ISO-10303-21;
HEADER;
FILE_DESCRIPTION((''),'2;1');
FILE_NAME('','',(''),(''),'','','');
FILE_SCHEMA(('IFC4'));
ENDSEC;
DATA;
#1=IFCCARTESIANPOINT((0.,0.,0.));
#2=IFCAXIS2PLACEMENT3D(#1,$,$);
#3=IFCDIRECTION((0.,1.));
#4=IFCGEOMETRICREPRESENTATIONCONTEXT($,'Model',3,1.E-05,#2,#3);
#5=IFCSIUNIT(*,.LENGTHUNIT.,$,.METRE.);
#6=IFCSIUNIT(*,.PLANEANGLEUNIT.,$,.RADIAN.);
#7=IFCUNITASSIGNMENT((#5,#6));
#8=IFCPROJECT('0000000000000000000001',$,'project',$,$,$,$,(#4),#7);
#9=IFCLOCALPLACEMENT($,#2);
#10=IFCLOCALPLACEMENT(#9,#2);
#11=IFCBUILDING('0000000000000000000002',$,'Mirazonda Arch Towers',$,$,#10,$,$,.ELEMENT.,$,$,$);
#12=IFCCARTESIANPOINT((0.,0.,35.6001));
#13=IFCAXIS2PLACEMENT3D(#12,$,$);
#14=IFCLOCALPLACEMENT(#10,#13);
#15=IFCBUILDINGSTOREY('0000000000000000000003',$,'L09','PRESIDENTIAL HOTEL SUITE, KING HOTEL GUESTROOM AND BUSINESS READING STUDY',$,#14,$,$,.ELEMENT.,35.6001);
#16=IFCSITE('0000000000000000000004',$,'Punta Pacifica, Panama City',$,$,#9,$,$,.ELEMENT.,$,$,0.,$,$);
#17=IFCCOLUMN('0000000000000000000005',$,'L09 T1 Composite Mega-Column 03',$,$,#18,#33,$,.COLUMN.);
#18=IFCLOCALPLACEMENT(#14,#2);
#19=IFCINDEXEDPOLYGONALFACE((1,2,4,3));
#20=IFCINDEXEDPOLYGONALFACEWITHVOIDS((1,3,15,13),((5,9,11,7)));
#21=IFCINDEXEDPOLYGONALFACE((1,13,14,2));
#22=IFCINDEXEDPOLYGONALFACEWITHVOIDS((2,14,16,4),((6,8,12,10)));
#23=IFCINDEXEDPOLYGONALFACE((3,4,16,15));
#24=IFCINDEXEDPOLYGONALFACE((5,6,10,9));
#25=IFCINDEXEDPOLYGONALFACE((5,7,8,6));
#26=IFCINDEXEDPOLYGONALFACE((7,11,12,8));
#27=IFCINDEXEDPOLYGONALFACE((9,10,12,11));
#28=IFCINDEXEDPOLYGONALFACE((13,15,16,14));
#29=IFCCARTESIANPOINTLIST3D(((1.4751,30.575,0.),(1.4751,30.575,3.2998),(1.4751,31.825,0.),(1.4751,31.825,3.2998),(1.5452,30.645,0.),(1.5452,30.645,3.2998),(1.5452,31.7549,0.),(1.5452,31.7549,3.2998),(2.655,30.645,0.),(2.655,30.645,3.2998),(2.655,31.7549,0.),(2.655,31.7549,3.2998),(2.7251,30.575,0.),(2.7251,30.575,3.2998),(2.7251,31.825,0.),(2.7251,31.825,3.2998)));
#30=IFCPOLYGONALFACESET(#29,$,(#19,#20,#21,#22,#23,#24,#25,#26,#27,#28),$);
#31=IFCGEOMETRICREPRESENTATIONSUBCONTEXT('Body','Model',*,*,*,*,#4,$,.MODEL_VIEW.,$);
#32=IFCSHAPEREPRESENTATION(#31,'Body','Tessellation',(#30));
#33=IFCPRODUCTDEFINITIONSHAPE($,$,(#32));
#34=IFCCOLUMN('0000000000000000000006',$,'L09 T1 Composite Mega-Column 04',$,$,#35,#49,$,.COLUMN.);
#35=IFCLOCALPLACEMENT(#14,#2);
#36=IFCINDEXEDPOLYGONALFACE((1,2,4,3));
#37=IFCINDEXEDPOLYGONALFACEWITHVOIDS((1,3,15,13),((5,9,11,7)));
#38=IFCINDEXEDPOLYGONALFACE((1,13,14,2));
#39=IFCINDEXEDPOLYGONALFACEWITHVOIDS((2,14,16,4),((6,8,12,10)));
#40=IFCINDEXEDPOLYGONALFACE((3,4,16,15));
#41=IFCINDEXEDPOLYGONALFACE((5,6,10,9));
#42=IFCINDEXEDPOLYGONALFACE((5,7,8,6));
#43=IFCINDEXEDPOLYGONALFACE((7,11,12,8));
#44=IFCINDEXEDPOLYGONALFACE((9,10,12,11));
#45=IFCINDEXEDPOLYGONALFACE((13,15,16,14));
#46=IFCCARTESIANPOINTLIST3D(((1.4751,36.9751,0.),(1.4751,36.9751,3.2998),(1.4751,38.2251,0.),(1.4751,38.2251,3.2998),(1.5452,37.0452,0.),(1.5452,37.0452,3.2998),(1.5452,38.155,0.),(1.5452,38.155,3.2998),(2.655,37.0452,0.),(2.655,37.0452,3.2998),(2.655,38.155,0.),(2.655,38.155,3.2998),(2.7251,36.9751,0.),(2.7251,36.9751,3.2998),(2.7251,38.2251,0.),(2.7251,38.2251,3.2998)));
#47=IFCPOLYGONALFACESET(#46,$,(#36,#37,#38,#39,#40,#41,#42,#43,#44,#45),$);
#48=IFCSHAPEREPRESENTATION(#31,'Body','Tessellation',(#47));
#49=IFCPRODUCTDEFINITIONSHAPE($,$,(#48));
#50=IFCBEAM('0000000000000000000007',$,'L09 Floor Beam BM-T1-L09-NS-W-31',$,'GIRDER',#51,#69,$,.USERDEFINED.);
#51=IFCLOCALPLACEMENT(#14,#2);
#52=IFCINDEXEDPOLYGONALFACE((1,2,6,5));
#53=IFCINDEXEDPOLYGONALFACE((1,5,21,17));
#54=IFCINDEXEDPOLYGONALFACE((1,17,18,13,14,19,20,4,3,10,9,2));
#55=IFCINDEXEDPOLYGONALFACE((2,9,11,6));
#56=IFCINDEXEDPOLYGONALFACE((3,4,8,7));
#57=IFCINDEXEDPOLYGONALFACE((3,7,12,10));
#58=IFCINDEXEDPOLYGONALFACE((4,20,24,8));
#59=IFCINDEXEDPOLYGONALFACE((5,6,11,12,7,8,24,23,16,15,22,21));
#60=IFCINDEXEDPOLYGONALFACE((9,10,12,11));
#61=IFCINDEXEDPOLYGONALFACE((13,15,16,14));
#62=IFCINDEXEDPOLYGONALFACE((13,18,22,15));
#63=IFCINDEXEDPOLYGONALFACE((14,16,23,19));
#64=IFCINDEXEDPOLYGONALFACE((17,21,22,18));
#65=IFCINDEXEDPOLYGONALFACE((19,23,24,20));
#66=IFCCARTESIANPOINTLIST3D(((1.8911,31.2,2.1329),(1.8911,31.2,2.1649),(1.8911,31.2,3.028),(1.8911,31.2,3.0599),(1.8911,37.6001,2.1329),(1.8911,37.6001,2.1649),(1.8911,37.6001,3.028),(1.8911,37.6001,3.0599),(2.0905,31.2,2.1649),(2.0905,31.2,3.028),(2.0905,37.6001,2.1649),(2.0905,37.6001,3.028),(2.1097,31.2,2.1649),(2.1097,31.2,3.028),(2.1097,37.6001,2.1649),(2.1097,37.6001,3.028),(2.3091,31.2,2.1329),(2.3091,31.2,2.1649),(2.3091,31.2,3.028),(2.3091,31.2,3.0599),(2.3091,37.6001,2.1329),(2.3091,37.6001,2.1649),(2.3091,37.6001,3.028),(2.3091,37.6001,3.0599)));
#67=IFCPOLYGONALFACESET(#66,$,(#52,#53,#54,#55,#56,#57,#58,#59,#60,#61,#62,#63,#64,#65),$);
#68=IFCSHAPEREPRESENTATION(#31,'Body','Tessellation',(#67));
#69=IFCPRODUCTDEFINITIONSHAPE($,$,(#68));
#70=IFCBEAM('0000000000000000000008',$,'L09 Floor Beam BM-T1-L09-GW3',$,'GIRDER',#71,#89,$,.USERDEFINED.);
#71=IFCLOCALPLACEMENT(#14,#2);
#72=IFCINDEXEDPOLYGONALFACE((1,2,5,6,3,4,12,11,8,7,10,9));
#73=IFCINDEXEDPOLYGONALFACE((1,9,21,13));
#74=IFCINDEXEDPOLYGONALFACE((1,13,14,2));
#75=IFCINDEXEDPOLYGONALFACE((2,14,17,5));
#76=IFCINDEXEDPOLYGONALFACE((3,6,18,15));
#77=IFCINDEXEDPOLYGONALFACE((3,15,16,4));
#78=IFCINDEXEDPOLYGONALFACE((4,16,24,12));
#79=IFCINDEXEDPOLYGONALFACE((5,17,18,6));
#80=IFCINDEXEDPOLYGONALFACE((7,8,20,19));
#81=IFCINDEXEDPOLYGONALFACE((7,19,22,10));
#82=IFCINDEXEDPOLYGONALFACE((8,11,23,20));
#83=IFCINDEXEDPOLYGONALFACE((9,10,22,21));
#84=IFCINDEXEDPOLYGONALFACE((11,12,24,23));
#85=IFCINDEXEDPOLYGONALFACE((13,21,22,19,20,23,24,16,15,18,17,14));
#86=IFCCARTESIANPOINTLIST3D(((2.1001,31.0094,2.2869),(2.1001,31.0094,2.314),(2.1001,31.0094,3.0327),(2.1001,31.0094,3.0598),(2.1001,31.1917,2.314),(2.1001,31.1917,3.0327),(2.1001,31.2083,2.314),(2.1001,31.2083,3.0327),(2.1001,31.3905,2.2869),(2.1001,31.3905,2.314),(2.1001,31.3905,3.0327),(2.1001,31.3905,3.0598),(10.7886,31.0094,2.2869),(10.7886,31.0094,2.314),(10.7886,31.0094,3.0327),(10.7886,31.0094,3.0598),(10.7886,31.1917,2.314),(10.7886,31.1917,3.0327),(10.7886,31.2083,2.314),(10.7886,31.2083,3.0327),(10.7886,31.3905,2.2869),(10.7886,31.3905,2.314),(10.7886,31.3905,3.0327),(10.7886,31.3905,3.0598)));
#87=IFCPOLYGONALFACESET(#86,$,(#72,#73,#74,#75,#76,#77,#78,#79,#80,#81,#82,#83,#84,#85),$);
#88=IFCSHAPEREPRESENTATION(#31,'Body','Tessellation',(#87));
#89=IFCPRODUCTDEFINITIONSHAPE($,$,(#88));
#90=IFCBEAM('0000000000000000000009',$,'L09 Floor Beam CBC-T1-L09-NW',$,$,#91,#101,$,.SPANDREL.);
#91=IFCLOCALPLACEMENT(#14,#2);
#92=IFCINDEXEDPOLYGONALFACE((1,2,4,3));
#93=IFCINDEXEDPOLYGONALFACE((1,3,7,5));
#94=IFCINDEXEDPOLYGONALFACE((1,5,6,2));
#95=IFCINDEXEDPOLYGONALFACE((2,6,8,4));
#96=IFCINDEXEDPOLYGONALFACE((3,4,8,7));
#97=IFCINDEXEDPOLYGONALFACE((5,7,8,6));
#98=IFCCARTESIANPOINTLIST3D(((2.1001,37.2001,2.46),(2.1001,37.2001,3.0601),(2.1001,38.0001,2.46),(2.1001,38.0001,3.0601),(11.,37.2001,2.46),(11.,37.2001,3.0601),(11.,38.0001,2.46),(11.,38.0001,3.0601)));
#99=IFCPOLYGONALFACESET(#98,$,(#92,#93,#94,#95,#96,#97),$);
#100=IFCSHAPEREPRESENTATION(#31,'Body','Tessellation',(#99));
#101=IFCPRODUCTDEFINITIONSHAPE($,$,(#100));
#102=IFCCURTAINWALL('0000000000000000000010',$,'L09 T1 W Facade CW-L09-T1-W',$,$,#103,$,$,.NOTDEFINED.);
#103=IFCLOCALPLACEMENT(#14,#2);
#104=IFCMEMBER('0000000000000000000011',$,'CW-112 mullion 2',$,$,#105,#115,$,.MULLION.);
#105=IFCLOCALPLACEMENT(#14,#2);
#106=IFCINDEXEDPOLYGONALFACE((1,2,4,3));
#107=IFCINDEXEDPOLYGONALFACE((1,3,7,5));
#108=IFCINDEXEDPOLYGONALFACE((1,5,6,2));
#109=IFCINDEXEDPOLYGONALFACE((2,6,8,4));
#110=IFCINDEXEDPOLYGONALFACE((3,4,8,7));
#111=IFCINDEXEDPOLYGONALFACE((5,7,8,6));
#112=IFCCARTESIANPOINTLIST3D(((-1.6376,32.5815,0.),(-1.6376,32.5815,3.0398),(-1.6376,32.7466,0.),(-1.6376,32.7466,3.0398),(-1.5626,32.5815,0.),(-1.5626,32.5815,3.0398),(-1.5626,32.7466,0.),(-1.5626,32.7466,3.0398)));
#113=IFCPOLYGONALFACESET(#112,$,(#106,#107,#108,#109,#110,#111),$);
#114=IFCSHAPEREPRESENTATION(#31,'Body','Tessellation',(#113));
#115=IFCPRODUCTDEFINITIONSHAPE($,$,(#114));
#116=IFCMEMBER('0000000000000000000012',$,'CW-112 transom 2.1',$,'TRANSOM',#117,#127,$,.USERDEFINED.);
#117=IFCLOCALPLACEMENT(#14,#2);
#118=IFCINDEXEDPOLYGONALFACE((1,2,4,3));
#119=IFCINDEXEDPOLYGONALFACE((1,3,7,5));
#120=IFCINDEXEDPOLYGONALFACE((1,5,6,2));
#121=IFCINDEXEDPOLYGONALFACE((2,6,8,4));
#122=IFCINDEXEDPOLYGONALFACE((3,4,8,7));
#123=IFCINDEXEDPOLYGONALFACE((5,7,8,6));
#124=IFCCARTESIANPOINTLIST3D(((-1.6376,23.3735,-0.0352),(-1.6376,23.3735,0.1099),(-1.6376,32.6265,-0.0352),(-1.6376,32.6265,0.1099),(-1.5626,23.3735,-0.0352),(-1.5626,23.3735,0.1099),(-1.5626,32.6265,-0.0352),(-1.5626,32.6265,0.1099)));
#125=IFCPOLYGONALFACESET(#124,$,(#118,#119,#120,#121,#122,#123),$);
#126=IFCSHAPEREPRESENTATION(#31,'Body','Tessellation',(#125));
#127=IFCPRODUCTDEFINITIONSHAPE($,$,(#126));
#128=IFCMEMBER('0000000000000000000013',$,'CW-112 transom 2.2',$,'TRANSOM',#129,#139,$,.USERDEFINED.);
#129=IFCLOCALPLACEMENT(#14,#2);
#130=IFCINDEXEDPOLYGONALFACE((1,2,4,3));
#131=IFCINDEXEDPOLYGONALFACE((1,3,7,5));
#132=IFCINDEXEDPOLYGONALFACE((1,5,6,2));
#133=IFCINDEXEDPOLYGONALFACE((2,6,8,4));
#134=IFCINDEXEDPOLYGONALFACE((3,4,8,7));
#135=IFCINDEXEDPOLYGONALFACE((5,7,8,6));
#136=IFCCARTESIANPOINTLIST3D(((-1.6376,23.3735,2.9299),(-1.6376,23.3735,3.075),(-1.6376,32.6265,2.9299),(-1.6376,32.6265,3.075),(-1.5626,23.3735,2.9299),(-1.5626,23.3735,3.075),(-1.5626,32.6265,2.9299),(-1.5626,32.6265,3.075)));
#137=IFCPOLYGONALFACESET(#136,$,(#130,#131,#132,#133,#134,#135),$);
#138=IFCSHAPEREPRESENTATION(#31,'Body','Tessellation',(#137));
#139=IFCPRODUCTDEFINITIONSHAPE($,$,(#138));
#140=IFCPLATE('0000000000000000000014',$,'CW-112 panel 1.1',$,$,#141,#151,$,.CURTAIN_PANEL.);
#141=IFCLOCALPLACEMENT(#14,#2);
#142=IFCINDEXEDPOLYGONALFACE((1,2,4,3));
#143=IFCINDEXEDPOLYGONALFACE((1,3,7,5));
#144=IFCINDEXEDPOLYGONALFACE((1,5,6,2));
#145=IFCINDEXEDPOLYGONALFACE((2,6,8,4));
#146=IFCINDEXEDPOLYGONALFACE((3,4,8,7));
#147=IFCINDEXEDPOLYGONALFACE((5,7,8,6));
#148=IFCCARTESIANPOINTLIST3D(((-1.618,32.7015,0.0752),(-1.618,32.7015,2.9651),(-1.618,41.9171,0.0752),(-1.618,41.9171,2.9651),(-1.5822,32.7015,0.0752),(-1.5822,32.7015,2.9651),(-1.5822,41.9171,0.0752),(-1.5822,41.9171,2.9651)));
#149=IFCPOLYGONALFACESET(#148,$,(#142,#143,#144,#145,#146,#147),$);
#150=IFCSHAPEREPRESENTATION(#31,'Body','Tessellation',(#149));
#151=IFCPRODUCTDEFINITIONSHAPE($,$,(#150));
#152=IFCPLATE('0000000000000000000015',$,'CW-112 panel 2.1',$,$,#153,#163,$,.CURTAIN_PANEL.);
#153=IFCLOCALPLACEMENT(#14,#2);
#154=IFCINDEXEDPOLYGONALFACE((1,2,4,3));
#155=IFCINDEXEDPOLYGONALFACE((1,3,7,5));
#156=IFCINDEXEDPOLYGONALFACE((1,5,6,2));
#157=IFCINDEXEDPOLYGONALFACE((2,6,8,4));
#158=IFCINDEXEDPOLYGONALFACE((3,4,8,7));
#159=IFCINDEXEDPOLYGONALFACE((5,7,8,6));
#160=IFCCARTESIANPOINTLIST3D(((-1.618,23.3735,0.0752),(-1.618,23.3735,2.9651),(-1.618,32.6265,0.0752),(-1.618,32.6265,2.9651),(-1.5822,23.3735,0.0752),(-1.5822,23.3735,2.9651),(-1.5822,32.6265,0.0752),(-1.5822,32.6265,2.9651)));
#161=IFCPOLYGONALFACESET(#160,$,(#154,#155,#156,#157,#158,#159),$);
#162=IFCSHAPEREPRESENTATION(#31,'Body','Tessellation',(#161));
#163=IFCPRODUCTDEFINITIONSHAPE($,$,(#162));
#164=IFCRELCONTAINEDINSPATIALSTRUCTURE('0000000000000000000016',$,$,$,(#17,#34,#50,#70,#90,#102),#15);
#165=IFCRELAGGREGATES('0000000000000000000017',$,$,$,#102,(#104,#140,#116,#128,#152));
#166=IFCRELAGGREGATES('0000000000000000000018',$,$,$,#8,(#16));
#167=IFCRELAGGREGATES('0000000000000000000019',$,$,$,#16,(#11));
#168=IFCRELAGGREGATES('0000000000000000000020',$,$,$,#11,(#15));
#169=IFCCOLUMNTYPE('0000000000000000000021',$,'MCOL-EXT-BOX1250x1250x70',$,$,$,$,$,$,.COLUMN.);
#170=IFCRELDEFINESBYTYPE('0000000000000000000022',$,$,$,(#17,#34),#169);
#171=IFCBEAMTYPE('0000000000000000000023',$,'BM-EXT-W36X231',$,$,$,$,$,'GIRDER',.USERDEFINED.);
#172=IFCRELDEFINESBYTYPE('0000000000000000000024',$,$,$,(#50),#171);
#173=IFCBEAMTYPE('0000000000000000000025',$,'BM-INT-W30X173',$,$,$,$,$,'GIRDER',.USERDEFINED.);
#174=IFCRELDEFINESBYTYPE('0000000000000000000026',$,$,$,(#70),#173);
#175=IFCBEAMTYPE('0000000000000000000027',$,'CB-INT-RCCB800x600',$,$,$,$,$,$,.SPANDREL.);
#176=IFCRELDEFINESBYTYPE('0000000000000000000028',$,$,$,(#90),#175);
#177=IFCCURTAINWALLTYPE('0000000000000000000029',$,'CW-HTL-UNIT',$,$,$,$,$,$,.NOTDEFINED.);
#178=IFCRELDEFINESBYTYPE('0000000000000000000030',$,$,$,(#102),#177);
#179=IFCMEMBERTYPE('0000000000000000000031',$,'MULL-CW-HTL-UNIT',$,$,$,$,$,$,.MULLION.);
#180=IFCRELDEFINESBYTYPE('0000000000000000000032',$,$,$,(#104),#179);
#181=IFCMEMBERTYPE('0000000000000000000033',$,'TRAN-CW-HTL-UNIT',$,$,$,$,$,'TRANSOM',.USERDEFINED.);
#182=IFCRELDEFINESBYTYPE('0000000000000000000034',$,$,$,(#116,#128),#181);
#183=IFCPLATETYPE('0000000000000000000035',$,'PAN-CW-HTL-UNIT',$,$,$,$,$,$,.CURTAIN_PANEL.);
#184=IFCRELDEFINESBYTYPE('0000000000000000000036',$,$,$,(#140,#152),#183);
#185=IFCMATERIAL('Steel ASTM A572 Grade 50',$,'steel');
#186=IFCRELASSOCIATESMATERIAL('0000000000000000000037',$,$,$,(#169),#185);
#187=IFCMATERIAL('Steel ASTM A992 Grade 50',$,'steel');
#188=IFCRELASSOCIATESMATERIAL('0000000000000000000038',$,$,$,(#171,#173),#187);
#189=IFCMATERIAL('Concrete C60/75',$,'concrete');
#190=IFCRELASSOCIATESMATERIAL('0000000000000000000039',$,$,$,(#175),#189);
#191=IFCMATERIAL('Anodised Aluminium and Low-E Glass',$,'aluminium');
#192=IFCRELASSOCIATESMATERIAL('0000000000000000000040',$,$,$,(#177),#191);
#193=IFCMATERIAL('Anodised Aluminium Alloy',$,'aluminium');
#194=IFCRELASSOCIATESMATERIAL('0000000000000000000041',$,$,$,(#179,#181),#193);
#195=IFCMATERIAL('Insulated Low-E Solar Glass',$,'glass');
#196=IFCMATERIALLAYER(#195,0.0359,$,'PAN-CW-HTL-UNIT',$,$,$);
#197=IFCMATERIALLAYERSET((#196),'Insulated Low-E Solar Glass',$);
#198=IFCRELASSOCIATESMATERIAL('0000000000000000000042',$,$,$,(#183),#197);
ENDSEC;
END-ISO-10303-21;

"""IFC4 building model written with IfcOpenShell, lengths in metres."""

from ifc_helpers import new_model, si_unit, direction, frame, origin, origin_2d, place, context, subcontext, project, spatial, rectangle, hollow_rectangle, i_section, extrude, material, layer, layer_set, material_profile, profile_set, type_object, element, aggregate, save


model = new_model("IFC4")

# Units and contexts
model_context = context("Model", 3, precision=1e-05, world=origin(), true_north=direction((0.0, 1.0)))
body_context = subcontext(model_context, "Body", "Model", "MODEL_VIEW")
ifc_project = project(units=[si_unit("LENGTHUNIT", "METRE"), si_unit("PLANEANGLEUNIT", "RADIAN")], contexts=[model_context])

# Site, building, storey
site_placement = place(None, origin())
site = spatial("IfcSite", under=ifc_project, at=site_placement, Name="Punta Pacifica, Panama City", CompositionType="ELEMENT", RefElevation=0.0)
building_placement = place(site_placement, origin())
building = spatial("IfcBuilding", under=site, at=building_placement, Name="Mirazonda Arch Towers", CompositionType="ELEMENT")
storey_placement = place(building_placement, frame((0.0, 0.0, 35.6001)))
storey = spatial("IfcBuildingStorey", under=building, at=storey_placement, Name="L09", Description="PRESIDENTIAL HOTEL SUITE, KING HOTEL GUESTROOM AND BUSINESS READING STUDY", CompositionType="ELEMENT", Elevation=35.6001)

# Columns
ifc_material_1 = material(Name="Steel ASTM A572 Grade 50", Category="steel")
ifc_material_profile_1 = material_profile(ifc_material_1, hollow_rectangle(XDim=1.25, YDim=1.25, WallThickness=0.0701, at=origin_2d()), Name="BOX1250x1250x70")
ifc_profile_set_1 = profile_set([ifc_material_profile_1], Name="Steel ASTM A572 Grade 50")
column_type = type_object("IfcColumnType", Name="MCOL-EXT-BOX1250x1250x70", PredefinedType="COLUMN", material=ifc_profile_set_1)
for number, where, z_axis, x_axis, name in (
    (1, (2.1001, 31.2, 0.0), (0.0, 0.0, 1.0), (1.0, 0.0, 0.0), "L09 T1 Composite Mega-Column 03"),
    (2, (2.1001, 37.6001, 0.0), (0.0, 0.0, 1.0), (1.0, 0.0, 0.0), "L09 T1 Composite Mega-Column 04"),
):
    element("IfcColumn", number, at=place(storey_placement, frame(where, z_axis=z_axis, x_axis=x_axis)), inside=storey, type_object=column_type, Name=name, PredefinedType="COLUMN", context=body_context, shape_type="SweptSolid", body=[
        extrude(hollow_rectangle(XDim=1.25, YDim=1.25, WallThickness=0.0701, at=origin_2d()), origin(), (0.0, 0.0, 1.0), 3.2998),
    ])

# Beams
ifc_material_2 = material(Name="Steel ASTM A992 Grade 50", Category="steel")
ifc_material_profile_2 = material_profile(ifc_material_2, i_section(OverallWidth=0.418, OverallDepth=0.927, WebThickness=0.0193, FlangeThickness=0.032, at=origin_2d()), Name="W36X231")
ifc_profile_set_2 = profile_set([ifc_material_profile_2], Name="Steel ASTM A992 Grade 50")
beam_type_1 = type_object("IfcBeamType", Name="BM-EXT-W36X231", ElementType="GIRDER", PredefinedType="USERDEFINED", material=ifc_profile_set_2)
beam_1_placement = place(storey_placement, frame((2.1001, 31.2, 2.5964), z_axis=(0.0, 1.0, 0.0), x_axis=(-1.0, 0.0, 0.0)))
element("IfcBeam", 3, at=beam_1_placement, inside=storey, type_object=beam_type_1, Name="L09 Floor Beam BM-T1-L09-NS-W-31", ObjectType="GIRDER", PredefinedType="USERDEFINED", context=body_context, shape_type="SweptSolid", body=[
    extrude(i_section(OverallWidth=0.418, OverallDepth=0.927, WebThickness=0.0193, FlangeThickness=0.032, at=origin_2d()), origin(), (0.0, 0.0, 1.0), 6.4001),
])
ifc_material_profile_3 = material_profile(ifc_material_2, i_section(OverallWidth=0.3811, OverallDepth=0.7729, WebThickness=0.0166, FlangeThickness=0.0271, at=origin_2d()), Name="W30X173")
ifc_profile_set_3 = profile_set([ifc_material_profile_3], Name="Steel ASTM A992 Grade 50")
beam_type_2 = type_object("IfcBeamType", Name="BM-INT-W30X173", ElementType="GIRDER", PredefinedType="USERDEFINED", material=ifc_profile_set_3)
beam_2_placement = place(storey_placement, frame((2.1001, 31.2, 2.6733), z_axis=(1.0, 0.0, 0.0), x_axis=(0.0, 1.0, 0.0)))
element("IfcBeam", 4, at=beam_2_placement, inside=storey, type_object=beam_type_2, Name="L09 Floor Beam BM-T1-L09-GW3", ObjectType="GIRDER", PredefinedType="USERDEFINED", context=body_context, shape_type="SweptSolid", body=[
    extrude(i_section(OverallWidth=0.3811, OverallDepth=0.7729, WebThickness=0.0166, FlangeThickness=0.0271, at=origin_2d()), origin(), (0.0, 0.0, 1.0), 8.6885),
])
ifc_material_3 = material(Name="Concrete C60/75", Category="concrete")
ifc_material_profile_4 = material_profile(ifc_material_3, rectangle(XDim=0.8, YDim=0.6001, at=origin_2d()), Name="RCCB800x600")
ifc_profile_set_4 = profile_set([ifc_material_profile_4], Name="Concrete C60/75")
beam_type_3 = type_object("IfcBeamType", Name="CB-INT-RCCB800x600", PredefinedType="SPANDREL", material=ifc_profile_set_4)
beam_3_placement = place(storey_placement, frame((2.1001, 37.6001, 2.76), z_axis=(1.0, 0.0, 0.0), x_axis=(0.0, 1.0, 0.0)))
element("IfcBeam", 5, at=beam_3_placement, inside=storey, type_object=beam_type_3, Name="L09 Floor Beam CBC-T1-L09-NW", PredefinedType="SPANDREL", context=body_context, shape_type="SweptSolid", body=[
    extrude(rectangle(XDim=0.8, YDim=0.6001, at=origin_2d()), origin(), (0.0, 0.0, 1.0), 8.8999),
])

# Curtain wall, members, plates
ifc_material_4 = material(Name="Anodised Aluminium and Low-E Glass", Category="aluminium")
curtain_wall_type = type_object("IfcCurtainWallType", Name="CW-HTL-UNIT", PredefinedType="NOTDEFINED", material=ifc_material_4)
curtain_wall_placement = place(storey_placement, origin())
curtain_wall = element("IfcCurtainWall", 6, at=curtain_wall_placement, inside=storey, type_object=curtain_wall_type, Name="L09 T1 W Facade CW-L09-T1-W", PredefinedType="NOTDEFINED")
ifc_material_5 = material(Name="Anodised Aluminium Alloy", Category="aluminium")
ifc_material_profile_5 = material_profile(ifc_material_5, rectangle(XDim=0.075, YDim=0.165, at=origin_2d()), Name="ALU-MULL-75x165")
ifc_profile_set_5 = profile_set([ifc_material_profile_5], Name="Anodised Aluminium Alloy")
member_type_1 = type_object("IfcMemberType", Name="MULL-CW-HTL-UNIT", PredefinedType="MULLION", material=ifc_profile_set_5)
member_1_placement = place(storey_placement, frame((-1.6001, 32.6641, 0.0), z_axis=(0.0, 0.0, 1.0), x_axis=(1.0, 0.0, 0.0)))
member_1 = element("IfcMember", 7, at=member_1_placement, type_object=member_type_1, Name="CW-112 mullion 2", PredefinedType="MULLION", context=body_context, shape_type="SweptSolid", body=[
    extrude(rectangle(XDim=0.075, YDim=0.165, at=origin_2d()), origin(), (0.0, 0.0, 1.0), 3.0398),
])
ifc_material_profile_6 = material_profile(ifc_material_5, rectangle(XDim=0.075, YDim=0.145, at=origin_2d()), Name="ALU-TRAN-75x145")
ifc_profile_set_6 = profile_set([ifc_material_profile_6], Name="Anodised Aluminium Alloy")
member_type_2 = type_object("IfcMemberType", Name="TRAN-CW-HTL-UNIT", ElementType="TRANSOM", PredefinedType="USERDEFINED", material=ifc_profile_set_6)
member_2_placement = place(storey_placement, frame((-1.6001, 32.6265, 0.0374), z_axis=(0.0, -1.0, 0.0), x_axis=(1.0, 0.0, 0.0)))
member_2 = element("IfcMember", 8, at=member_2_placement, type_object=member_type_2, Name="CW-112 transom 2.1", ObjectType="TRANSOM", PredefinedType="USERDEFINED", context=body_context, shape_type="SweptSolid", body=[
    extrude(rectangle(XDim=0.075, YDim=0.145, at=origin_2d()), origin(), (0.0, 0.0, 1.0), 9.2529),
])
member_3_placement = place(storey_placement, frame((-1.6001, 32.6265, 3.0024), z_axis=(0.0, -1.0, 0.0), x_axis=(1.0, 0.0, 0.0)))
member_3 = element("IfcMember", 9, at=member_3_placement, type_object=member_type_2, Name="CW-112 transom 2.2", ObjectType="TRANSOM", PredefinedType="USERDEFINED", context=body_context, shape_type="SweptSolid", body=[
    extrude(rectangle(XDim=0.075, YDim=0.145, at=origin_2d()), origin(), (0.0, 0.0, 1.0), 9.2529),
])
ifc_material_6 = material(Name="Insulated Low-E Solar Glass", Category="glass")
ifc_layer_1 = layer(ifc_material_6, 0.0359, Name="PAN-CW-HTL-UNIT")
ifc_layer_set_1 = layer_set([ifc_layer_1], Name="Insulated Low-E Solar Glass")
plate_type = type_object("IfcPlateType", Name="PAN-CW-HTL-UNIT", PredefinedType="CURTAIN_PANEL", material=ifc_layer_set_1)
plate_1_placement = place(storey_placement, frame((-1.6001, 37.3093, 0.0752), z_axis=(0.0, 0.0, 1.0), x_axis=(0.0, -1.0, 0.0)))
plate_1 = element("IfcPlate", 10, at=plate_1_placement, type_object=plate_type, Name="CW-112 panel 1.1", PredefinedType="CURTAIN_PANEL", context=body_context, shape_type="SweptSolid", body=[
    extrude(rectangle(XDim=9.2156, YDim=0.0359, at=origin_2d()), origin(), (0.0, 0.0, 1.0), 2.8899),
])
plate_2_placement = place(storey_placement, frame((-1.6001, 28.0, 0.0752), z_axis=(0.0, 0.0, 1.0), x_axis=(0.0, -1.0, 0.0)))
plate_2 = element("IfcPlate", 11, at=plate_2_placement, type_object=plate_type, Name="CW-112 panel 2.1", PredefinedType="CURTAIN_PANEL", context=body_context, shape_type="SweptSolid", body=[
    extrude(rectangle(XDim=9.2529, YDim=0.0359, at=origin_2d()), origin(), (0.0, 0.0, 1.0), 2.8899),
])
aggregate(curtain_wall, [member_1, plate_1, member_2, member_3, plate_2])

save(model, "model.ifc")
